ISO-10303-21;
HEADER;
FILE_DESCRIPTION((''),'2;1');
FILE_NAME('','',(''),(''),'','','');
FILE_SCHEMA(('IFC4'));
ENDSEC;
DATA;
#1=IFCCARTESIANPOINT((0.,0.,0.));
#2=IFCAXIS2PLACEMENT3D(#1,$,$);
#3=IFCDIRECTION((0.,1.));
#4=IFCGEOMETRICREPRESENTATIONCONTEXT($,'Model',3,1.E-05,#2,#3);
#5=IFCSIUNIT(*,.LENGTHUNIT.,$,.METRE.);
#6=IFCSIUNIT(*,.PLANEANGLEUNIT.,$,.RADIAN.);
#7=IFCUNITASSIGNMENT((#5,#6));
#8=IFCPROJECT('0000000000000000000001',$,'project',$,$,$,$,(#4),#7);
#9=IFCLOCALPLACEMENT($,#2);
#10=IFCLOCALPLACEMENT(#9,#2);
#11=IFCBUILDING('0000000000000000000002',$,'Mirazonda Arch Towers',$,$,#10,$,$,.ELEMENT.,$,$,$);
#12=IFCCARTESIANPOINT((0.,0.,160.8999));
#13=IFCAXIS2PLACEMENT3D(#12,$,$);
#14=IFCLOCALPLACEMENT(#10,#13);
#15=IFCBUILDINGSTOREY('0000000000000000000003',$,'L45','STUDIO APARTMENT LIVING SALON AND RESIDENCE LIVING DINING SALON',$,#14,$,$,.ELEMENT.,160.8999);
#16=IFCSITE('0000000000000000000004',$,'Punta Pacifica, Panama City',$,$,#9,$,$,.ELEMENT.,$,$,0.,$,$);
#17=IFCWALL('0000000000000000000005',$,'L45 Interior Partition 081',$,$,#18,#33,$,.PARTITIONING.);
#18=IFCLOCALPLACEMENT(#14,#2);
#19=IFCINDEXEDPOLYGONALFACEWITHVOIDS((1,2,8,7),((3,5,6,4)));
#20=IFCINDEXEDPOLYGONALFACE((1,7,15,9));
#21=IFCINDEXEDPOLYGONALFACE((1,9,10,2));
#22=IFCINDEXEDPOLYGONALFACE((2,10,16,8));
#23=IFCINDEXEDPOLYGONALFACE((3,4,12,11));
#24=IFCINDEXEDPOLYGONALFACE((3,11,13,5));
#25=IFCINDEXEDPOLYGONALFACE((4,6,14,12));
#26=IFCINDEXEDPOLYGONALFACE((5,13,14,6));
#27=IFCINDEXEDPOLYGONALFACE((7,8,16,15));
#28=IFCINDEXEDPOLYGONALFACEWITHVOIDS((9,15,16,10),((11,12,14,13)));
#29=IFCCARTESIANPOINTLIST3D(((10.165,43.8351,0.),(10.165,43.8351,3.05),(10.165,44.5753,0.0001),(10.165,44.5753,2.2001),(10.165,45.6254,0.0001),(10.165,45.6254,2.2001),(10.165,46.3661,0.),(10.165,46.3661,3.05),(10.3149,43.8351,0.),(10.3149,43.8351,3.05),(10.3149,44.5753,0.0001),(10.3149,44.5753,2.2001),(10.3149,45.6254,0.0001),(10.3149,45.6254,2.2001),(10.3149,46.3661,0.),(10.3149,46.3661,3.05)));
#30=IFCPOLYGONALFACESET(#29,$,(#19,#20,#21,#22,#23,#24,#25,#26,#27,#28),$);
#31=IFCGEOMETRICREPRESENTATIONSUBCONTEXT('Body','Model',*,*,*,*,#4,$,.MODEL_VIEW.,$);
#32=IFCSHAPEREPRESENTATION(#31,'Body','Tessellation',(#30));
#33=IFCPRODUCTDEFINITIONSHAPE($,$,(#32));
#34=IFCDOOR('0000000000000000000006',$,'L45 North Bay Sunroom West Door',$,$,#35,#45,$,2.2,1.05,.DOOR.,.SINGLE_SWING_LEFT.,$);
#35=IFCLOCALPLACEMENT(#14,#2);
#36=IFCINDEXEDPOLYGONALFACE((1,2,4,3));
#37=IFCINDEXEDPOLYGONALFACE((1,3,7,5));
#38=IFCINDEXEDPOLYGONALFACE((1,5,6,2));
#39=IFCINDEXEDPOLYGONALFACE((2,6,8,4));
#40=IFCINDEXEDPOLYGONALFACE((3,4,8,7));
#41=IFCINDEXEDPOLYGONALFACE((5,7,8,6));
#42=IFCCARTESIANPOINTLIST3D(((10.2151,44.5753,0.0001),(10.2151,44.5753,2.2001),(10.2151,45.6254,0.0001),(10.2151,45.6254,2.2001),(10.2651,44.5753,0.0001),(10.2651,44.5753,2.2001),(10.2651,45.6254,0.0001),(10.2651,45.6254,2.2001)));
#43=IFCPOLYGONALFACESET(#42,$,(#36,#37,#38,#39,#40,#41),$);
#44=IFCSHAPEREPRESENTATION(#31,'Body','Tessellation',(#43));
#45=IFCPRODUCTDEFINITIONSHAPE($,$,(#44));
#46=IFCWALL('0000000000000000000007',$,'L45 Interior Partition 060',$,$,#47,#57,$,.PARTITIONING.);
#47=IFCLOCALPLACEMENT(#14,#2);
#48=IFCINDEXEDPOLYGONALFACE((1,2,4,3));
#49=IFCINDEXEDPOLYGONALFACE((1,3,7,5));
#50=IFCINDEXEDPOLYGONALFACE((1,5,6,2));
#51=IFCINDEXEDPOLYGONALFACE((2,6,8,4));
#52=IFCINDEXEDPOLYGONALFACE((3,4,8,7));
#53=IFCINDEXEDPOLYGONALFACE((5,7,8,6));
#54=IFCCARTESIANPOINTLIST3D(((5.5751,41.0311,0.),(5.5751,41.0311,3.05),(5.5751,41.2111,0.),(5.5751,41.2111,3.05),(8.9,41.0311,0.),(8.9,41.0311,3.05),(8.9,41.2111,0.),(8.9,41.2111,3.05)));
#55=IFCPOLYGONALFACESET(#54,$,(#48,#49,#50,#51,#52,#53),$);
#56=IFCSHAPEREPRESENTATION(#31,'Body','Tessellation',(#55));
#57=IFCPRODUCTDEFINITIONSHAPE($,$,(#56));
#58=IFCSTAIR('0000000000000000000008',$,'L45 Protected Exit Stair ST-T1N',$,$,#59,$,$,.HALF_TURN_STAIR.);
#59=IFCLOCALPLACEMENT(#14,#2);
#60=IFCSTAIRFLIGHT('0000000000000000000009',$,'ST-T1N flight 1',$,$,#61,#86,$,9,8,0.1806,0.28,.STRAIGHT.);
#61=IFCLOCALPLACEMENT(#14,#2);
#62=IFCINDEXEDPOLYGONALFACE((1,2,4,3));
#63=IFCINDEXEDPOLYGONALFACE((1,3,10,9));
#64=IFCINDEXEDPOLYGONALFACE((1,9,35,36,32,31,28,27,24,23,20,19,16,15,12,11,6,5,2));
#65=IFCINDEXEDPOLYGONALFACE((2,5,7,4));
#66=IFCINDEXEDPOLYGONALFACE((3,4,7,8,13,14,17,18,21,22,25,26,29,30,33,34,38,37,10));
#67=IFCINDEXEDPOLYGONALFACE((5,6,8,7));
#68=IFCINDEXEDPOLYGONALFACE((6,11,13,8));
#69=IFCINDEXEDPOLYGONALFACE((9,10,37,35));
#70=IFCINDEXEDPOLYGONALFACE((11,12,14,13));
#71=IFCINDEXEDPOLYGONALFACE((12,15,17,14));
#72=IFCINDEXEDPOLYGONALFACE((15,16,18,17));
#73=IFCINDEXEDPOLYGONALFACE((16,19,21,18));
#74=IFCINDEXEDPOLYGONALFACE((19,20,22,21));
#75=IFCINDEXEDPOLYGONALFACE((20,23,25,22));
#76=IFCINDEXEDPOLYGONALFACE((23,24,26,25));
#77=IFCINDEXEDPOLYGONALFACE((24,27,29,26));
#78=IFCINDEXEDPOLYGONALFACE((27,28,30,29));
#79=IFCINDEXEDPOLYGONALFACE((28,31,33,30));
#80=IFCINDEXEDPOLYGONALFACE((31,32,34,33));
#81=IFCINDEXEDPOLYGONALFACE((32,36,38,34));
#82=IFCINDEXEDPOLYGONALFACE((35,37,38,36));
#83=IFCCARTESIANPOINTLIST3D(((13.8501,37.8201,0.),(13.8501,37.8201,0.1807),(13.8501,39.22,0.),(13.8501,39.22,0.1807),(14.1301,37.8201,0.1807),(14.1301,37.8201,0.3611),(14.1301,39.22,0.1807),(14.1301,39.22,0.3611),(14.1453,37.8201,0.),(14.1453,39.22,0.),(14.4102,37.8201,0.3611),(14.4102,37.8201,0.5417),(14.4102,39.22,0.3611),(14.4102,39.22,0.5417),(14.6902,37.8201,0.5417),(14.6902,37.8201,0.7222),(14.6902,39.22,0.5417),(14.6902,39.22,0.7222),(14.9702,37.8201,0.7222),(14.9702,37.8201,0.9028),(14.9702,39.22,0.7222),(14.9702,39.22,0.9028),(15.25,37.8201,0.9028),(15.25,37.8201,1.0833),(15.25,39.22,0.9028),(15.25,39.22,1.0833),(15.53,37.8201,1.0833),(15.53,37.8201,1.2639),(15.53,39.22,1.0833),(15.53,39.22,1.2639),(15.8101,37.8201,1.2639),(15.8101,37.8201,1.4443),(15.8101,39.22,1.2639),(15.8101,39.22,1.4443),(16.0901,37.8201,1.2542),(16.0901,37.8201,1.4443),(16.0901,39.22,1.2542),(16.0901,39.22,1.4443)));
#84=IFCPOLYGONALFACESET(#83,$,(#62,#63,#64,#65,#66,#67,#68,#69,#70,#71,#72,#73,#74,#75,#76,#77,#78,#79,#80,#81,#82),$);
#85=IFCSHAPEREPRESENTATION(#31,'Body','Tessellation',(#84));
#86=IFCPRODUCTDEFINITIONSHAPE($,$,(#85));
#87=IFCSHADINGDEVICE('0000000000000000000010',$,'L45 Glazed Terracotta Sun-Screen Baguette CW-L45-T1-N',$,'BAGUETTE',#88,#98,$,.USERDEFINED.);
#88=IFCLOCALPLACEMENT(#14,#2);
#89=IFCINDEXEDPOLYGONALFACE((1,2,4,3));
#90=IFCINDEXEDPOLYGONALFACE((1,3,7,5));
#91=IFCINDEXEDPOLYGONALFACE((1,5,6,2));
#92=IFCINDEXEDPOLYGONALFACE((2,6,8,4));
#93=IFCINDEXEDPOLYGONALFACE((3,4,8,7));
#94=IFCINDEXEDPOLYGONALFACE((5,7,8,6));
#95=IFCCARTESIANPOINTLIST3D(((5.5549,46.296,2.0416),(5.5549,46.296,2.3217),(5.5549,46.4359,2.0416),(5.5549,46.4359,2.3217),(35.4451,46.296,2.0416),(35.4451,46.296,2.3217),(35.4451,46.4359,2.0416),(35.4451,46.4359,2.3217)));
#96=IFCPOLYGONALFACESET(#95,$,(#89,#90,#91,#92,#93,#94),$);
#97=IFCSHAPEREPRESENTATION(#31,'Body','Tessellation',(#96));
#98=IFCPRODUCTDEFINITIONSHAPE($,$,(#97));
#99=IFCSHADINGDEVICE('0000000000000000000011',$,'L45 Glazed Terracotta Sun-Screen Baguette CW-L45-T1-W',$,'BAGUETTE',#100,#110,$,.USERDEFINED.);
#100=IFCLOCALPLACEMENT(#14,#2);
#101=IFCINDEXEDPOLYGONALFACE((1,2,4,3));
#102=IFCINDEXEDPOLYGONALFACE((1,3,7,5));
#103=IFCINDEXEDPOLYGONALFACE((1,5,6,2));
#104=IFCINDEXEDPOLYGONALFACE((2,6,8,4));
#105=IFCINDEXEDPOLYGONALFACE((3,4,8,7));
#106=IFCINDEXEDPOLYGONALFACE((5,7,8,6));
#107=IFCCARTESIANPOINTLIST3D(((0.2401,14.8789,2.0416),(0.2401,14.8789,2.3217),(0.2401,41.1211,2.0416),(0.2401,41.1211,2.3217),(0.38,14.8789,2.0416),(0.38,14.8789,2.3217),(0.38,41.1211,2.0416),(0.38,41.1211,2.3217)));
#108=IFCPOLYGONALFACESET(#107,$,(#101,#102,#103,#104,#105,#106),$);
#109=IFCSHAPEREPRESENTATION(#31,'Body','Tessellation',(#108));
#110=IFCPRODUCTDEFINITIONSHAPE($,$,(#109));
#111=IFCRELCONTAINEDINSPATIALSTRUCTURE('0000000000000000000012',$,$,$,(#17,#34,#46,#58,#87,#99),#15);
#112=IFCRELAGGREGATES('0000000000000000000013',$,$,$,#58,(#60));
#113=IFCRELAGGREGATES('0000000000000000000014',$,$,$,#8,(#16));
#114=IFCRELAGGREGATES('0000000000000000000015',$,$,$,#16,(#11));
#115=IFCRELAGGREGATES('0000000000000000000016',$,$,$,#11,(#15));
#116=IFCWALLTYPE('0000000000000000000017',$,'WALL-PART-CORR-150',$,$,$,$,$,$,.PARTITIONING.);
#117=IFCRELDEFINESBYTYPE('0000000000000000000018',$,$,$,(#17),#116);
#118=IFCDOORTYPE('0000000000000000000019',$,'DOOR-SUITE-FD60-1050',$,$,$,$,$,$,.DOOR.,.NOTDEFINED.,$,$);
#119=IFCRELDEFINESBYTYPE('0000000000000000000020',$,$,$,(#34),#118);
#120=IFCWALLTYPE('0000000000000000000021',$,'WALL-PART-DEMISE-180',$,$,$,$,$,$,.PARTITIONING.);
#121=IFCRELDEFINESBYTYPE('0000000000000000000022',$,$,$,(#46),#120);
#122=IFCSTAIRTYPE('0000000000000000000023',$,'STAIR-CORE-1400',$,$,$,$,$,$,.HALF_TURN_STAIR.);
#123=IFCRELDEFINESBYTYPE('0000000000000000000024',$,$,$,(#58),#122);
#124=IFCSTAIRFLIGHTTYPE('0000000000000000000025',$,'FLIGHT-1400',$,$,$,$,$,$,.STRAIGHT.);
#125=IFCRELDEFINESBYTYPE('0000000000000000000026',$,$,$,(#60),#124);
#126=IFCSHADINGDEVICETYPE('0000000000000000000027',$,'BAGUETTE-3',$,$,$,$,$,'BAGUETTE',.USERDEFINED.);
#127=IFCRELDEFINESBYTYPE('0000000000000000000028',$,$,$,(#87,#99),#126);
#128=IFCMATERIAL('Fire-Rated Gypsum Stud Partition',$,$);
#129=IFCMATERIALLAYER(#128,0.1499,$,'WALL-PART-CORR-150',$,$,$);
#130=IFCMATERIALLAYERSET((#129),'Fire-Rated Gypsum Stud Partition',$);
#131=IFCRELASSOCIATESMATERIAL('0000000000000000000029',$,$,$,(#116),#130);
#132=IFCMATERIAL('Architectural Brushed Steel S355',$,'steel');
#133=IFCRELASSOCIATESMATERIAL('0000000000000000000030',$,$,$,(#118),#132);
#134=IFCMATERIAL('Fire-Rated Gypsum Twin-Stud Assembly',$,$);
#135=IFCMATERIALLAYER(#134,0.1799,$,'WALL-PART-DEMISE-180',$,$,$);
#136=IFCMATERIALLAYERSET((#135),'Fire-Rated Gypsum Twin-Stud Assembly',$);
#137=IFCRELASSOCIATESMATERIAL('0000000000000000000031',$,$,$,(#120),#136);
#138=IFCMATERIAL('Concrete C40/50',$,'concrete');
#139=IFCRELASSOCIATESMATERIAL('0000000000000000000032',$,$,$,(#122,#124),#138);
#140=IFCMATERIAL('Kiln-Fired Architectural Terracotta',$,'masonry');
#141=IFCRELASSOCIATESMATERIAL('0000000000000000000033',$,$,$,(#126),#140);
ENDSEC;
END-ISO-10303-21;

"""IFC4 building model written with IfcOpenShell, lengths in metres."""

from ifc_helpers import new_model, si_unit, direction, frame, frame_2d, origin, origin_2d, place, context, subcontext, project, spatial, polyline, rectangle, outline, extrude, material, layer, layer_set, material_profile, profile_set, type_object, element, fill, aggregate, save


model = new_model("IFC4")

# Units and contexts
model_context = context("Model", 3, precision=1e-05, world=origin(), true_north=direction((0.0, 1.0)))
body_context = subcontext(model_context, "Body", "Model", "MODEL_VIEW")
ifc_project = project(units=[si_unit("LENGTHUNIT", "METRE"), si_unit("PLANEANGLEUNIT", "RADIAN")], contexts=[model_context])

# Site, building, storey
site_placement = place(None, origin())
site = spatial("IfcSite", under=ifc_project, at=site_placement, Name="Punta Pacifica, Panama City", CompositionType="ELEMENT", RefElevation=0.0)
building_placement = place(site_placement, origin())
building = spatial("IfcBuilding", under=site, at=building_placement, Name="Mirazonda Arch Towers", CompositionType="ELEMENT")
storey_placement = place(building_placement, frame((0.0, 0.0, 160.8999)))
storey = spatial("IfcBuildingStorey", under=building, at=storey_placement, Name="L45", Description="STUDIO APARTMENT LIVING SALON AND RESIDENCE LIVING DINING SALON", CompositionType="ELEMENT", Elevation=160.8999)

# Shared definitions
ifc_material_1 = material(Name="Fire-Rated Gypsum Stud Partition")
ifc_layer_1 = layer(ifc_material_1, 0.1499, Name="WALL-PART-CORR-150")
ifc_layer_set_1 = layer_set([ifc_layer_1], Name="Fire-Rated Gypsum Stud Partition")
wall_type_1 = type_object("IfcWallType", Name="WALL-PART-CORR-150", PredefinedType="PARTITIONING", material=ifc_layer_set_1)

# Wall, opening, door
wall_1_placement = place(storey_placement, frame((10.24, 43.835, 0.0), z_axis=(0.0, 0.0, 1.0), x_axis=(0.0, 1.0, 0.0)))
wall_1 = element("IfcWall", 1, at=wall_1_placement, inside=storey, type_object=wall_type_1, Name="L45 Interior Partition 081", PredefinedType="PARTITIONING", context=body_context, shape_type="SweptSolid", body=[
    extrude(rectangle(XDim=2.531, YDim=0.1499, at=frame_2d((1.2656, 0.0))), origin(), (0.0, 0.0, 1.0), 3.05),
])
opening_1_placement = place(wall_1_placement, frame((0.7405, 0.0, 0.0)))
opening_1 = element("IfcOpeningElement", 2, at=opening_1_placement, cuts=wall_1, PredefinedType="OPENING", context=body_context, shape_type="SweptSolid", body=[
    extrude(rectangle(XDim=1.05, YDim=2.2, at=frame_2d((0.5249, 1.1001))), frame((0.0, 0.085, 0.0), z_axis=(0.0, -1.0, 0.0), x_axis=(1.0, 0.0, 0.0)), (0.0, 0.0, 1.0), 0.1699),
])
ifc_material_2 = material(Name="Architectural Brushed Steel S355", Category="steel")
door_type_1 = type_object("IfcDoorType", Name="DOOR-SUITE-FD60-1050", OperationType="NOTDEFINED", PredefinedType="DOOR", material=ifc_material_2)
door_1_placement = place(opening_1_placement, origin())
door_1 = element("IfcDoor", 3, at=door_1_placement, inside=storey, type_object=door_type_1, Name="L45 North Bay Sunroom West Door", OperationType="SINGLE_SWING_LEFT", OverallHeight=2.2, OverallWidth=1.05, PredefinedType="DOOR", context=body_context, shape_type="SweptSolid", body=[
    extrude(rectangle(XDim=1.05, YDim=2.2, at=frame_2d((0.5249, 1.1001))), frame((0.0, 0.0249, 0.0), z_axis=(0.0, -1.0, 0.0), x_axis=(1.0, 0.0, 0.0)), (0.0, 0.0, 1.0), 0.05),
])
fill(opening_1, door_1)

# Wall
ifc_material_3 = material(Name="Fire-Rated Gypsum Twin-Stud Assembly")
ifc_layer_2 = layer(ifc_material_3, 0.1799, Name="WALL-PART-DEMISE-180")
ifc_layer_set_2 = layer_set([ifc_layer_2], Name="Fire-Rated Gypsum Twin-Stud Assembly")
wall_type_2 = type_object("IfcWallType", Name="WALL-PART-DEMISE-180", PredefinedType="PARTITIONING", material=ifc_layer_set_2)
wall_2_placement = place(storey_placement, frame((5.575, 41.1211, 0.0), z_axis=(0.0, 0.0, 1.0), x_axis=(1.0, 0.0, 0.0)))
element("IfcWall", 4, at=wall_2_placement, inside=storey, type_object=wall_type_2, Name="L45 Interior Partition 060", PredefinedType="PARTITIONING", context=body_context, shape_type="SweptSolid", body=[
    extrude(rectangle(XDim=3.325, YDim=0.1799, at=frame_2d((1.6626, 0.0))), origin(), (0.0, 0.0, 1.0), 3.05),
])

# Stair, stair flight
ifc_material_4 = material(Name="Concrete C40/50", Category="concrete")
stair_type = type_object("IfcStairType", Name="STAIR-CORE-1400", PredefinedType="HALF_TURN_STAIR", material=ifc_material_4)
stair_placement = place(storey_placement, origin())
stair = element("IfcStair", 5, at=stair_placement, inside=storey, type_object=stair_type, Name="L45 Protected Exit Stair ST-T1N", PredefinedType="HALF_TURN_STAIR")
stair_flight_type = type_object("IfcStairFlightType", Name="FLIGHT-1400", PredefinedType="STRAIGHT", material=ifc_material_4)
stair_flight_placement = place(storey_placement, frame((13.8501, 38.52, 0.0), z_axis=(0.0, 0.0, 1.0), x_axis=(1.0, 0.0, 0.0)))
stair_flight = element("IfcStairFlight", 6, at=stair_flight_placement, type_object=stair_flight_type, Name="ST-T1N flight 1", NumberOfRisers=9, NumberOfTreads=8, PredefinedType="STRAIGHT", RiserHeight=0.1806, TreadLength=0.28, context=body_context, shape_type="SweptSolid", body=[
    extrude(outline(polyline([(0.0, 0.0), (0.0, 0.1807), (0.28, 0.1807), (0.28, 0.3611), (0.5601, 0.3611), (0.5601, 0.5417), (0.8401, 0.5417), (0.8401, 0.7222), (1.1201, 0.7222), (1.1201, 0.9028), (1.3999, 0.9028), (1.3999, 1.0833), (1.6799, 1.0833), (1.6799, 1.2639), (1.96, 1.2639), (1.96, 1.4443), (2.24, 1.4443), (2.24, 1.625), (2.24, 1.2542), (0.2952, 0.0), (0.0, 0.0)])), frame((0.0, 0.7, 0.0), z_axis=(0.0, -1.0, 0.0), x_axis=(1.0, 0.0, 0.0)), (0.0, 0.0, 1.0), 1.3999),
])
aggregate(stair, [stair_flight])

# Shading devices
ifc_material_5 = material(Name="Kiln-Fired Architectural Terracotta", Category="masonry")
ifc_material_profile_1 = material_profile(ifc_material_5, rectangle(XDim=0.1399, YDim=0.28, at=origin_2d()), Name="TERRA-BAG-140x280")
ifc_profile_set_1 = profile_set([ifc_material_profile_1], Name="Kiln-Fired Architectural Terracotta")
shading_device_type = type_object("IfcShadingDeviceType", Name="BAGUETTE-3", ElementType="BAGUETTE", PredefinedType="USERDEFINED", material=ifc_profile_set_1)
shading_device_1_placement = place(storey_placement, frame((5.5549, 46.366, 2.1816), z_axis=(1.0, 0.0, 0.0), x_axis=(0.0, 1.0, 0.0)))
element("IfcShadingDevice", 7, at=shading_device_1_placement, inside=storey, type_object=shading_device_type, Name="L45 Glazed Terracotta Sun-Screen Baguette CW-L45-T1-N", ObjectType="BAGUETTE", PredefinedType="USERDEFINED", context=body_context, shape_type="SweptSolid", body=[
    extrude(rectangle(XDim=0.1399, YDim=0.28, at=origin_2d()), origin(), (0.0, 0.0, 1.0), 29.8901),
])
shading_device_2_placement = place(storey_placement, frame((0.3101, 41.1211, 2.1816), z_axis=(0.0, -1.0, 0.0), x_axis=(1.0, 0.0, 0.0)))
element("IfcShadingDevice", 8, at=shading_device_2_placement, inside=storey, type_object=shading_device_type, Name="L45 Glazed Terracotta Sun-Screen Baguette CW-L45-T1-W", ObjectType="BAGUETTE", PredefinedType="USERDEFINED", context=body_context, shape_type="SweptSolid", body=[
    extrude(rectangle(XDim=0.1399, YDim=0.28, at=origin_2d()), origin(), (0.0, 0.0, 1.0), 26.2422),
])

save(model, "model.ifc")
